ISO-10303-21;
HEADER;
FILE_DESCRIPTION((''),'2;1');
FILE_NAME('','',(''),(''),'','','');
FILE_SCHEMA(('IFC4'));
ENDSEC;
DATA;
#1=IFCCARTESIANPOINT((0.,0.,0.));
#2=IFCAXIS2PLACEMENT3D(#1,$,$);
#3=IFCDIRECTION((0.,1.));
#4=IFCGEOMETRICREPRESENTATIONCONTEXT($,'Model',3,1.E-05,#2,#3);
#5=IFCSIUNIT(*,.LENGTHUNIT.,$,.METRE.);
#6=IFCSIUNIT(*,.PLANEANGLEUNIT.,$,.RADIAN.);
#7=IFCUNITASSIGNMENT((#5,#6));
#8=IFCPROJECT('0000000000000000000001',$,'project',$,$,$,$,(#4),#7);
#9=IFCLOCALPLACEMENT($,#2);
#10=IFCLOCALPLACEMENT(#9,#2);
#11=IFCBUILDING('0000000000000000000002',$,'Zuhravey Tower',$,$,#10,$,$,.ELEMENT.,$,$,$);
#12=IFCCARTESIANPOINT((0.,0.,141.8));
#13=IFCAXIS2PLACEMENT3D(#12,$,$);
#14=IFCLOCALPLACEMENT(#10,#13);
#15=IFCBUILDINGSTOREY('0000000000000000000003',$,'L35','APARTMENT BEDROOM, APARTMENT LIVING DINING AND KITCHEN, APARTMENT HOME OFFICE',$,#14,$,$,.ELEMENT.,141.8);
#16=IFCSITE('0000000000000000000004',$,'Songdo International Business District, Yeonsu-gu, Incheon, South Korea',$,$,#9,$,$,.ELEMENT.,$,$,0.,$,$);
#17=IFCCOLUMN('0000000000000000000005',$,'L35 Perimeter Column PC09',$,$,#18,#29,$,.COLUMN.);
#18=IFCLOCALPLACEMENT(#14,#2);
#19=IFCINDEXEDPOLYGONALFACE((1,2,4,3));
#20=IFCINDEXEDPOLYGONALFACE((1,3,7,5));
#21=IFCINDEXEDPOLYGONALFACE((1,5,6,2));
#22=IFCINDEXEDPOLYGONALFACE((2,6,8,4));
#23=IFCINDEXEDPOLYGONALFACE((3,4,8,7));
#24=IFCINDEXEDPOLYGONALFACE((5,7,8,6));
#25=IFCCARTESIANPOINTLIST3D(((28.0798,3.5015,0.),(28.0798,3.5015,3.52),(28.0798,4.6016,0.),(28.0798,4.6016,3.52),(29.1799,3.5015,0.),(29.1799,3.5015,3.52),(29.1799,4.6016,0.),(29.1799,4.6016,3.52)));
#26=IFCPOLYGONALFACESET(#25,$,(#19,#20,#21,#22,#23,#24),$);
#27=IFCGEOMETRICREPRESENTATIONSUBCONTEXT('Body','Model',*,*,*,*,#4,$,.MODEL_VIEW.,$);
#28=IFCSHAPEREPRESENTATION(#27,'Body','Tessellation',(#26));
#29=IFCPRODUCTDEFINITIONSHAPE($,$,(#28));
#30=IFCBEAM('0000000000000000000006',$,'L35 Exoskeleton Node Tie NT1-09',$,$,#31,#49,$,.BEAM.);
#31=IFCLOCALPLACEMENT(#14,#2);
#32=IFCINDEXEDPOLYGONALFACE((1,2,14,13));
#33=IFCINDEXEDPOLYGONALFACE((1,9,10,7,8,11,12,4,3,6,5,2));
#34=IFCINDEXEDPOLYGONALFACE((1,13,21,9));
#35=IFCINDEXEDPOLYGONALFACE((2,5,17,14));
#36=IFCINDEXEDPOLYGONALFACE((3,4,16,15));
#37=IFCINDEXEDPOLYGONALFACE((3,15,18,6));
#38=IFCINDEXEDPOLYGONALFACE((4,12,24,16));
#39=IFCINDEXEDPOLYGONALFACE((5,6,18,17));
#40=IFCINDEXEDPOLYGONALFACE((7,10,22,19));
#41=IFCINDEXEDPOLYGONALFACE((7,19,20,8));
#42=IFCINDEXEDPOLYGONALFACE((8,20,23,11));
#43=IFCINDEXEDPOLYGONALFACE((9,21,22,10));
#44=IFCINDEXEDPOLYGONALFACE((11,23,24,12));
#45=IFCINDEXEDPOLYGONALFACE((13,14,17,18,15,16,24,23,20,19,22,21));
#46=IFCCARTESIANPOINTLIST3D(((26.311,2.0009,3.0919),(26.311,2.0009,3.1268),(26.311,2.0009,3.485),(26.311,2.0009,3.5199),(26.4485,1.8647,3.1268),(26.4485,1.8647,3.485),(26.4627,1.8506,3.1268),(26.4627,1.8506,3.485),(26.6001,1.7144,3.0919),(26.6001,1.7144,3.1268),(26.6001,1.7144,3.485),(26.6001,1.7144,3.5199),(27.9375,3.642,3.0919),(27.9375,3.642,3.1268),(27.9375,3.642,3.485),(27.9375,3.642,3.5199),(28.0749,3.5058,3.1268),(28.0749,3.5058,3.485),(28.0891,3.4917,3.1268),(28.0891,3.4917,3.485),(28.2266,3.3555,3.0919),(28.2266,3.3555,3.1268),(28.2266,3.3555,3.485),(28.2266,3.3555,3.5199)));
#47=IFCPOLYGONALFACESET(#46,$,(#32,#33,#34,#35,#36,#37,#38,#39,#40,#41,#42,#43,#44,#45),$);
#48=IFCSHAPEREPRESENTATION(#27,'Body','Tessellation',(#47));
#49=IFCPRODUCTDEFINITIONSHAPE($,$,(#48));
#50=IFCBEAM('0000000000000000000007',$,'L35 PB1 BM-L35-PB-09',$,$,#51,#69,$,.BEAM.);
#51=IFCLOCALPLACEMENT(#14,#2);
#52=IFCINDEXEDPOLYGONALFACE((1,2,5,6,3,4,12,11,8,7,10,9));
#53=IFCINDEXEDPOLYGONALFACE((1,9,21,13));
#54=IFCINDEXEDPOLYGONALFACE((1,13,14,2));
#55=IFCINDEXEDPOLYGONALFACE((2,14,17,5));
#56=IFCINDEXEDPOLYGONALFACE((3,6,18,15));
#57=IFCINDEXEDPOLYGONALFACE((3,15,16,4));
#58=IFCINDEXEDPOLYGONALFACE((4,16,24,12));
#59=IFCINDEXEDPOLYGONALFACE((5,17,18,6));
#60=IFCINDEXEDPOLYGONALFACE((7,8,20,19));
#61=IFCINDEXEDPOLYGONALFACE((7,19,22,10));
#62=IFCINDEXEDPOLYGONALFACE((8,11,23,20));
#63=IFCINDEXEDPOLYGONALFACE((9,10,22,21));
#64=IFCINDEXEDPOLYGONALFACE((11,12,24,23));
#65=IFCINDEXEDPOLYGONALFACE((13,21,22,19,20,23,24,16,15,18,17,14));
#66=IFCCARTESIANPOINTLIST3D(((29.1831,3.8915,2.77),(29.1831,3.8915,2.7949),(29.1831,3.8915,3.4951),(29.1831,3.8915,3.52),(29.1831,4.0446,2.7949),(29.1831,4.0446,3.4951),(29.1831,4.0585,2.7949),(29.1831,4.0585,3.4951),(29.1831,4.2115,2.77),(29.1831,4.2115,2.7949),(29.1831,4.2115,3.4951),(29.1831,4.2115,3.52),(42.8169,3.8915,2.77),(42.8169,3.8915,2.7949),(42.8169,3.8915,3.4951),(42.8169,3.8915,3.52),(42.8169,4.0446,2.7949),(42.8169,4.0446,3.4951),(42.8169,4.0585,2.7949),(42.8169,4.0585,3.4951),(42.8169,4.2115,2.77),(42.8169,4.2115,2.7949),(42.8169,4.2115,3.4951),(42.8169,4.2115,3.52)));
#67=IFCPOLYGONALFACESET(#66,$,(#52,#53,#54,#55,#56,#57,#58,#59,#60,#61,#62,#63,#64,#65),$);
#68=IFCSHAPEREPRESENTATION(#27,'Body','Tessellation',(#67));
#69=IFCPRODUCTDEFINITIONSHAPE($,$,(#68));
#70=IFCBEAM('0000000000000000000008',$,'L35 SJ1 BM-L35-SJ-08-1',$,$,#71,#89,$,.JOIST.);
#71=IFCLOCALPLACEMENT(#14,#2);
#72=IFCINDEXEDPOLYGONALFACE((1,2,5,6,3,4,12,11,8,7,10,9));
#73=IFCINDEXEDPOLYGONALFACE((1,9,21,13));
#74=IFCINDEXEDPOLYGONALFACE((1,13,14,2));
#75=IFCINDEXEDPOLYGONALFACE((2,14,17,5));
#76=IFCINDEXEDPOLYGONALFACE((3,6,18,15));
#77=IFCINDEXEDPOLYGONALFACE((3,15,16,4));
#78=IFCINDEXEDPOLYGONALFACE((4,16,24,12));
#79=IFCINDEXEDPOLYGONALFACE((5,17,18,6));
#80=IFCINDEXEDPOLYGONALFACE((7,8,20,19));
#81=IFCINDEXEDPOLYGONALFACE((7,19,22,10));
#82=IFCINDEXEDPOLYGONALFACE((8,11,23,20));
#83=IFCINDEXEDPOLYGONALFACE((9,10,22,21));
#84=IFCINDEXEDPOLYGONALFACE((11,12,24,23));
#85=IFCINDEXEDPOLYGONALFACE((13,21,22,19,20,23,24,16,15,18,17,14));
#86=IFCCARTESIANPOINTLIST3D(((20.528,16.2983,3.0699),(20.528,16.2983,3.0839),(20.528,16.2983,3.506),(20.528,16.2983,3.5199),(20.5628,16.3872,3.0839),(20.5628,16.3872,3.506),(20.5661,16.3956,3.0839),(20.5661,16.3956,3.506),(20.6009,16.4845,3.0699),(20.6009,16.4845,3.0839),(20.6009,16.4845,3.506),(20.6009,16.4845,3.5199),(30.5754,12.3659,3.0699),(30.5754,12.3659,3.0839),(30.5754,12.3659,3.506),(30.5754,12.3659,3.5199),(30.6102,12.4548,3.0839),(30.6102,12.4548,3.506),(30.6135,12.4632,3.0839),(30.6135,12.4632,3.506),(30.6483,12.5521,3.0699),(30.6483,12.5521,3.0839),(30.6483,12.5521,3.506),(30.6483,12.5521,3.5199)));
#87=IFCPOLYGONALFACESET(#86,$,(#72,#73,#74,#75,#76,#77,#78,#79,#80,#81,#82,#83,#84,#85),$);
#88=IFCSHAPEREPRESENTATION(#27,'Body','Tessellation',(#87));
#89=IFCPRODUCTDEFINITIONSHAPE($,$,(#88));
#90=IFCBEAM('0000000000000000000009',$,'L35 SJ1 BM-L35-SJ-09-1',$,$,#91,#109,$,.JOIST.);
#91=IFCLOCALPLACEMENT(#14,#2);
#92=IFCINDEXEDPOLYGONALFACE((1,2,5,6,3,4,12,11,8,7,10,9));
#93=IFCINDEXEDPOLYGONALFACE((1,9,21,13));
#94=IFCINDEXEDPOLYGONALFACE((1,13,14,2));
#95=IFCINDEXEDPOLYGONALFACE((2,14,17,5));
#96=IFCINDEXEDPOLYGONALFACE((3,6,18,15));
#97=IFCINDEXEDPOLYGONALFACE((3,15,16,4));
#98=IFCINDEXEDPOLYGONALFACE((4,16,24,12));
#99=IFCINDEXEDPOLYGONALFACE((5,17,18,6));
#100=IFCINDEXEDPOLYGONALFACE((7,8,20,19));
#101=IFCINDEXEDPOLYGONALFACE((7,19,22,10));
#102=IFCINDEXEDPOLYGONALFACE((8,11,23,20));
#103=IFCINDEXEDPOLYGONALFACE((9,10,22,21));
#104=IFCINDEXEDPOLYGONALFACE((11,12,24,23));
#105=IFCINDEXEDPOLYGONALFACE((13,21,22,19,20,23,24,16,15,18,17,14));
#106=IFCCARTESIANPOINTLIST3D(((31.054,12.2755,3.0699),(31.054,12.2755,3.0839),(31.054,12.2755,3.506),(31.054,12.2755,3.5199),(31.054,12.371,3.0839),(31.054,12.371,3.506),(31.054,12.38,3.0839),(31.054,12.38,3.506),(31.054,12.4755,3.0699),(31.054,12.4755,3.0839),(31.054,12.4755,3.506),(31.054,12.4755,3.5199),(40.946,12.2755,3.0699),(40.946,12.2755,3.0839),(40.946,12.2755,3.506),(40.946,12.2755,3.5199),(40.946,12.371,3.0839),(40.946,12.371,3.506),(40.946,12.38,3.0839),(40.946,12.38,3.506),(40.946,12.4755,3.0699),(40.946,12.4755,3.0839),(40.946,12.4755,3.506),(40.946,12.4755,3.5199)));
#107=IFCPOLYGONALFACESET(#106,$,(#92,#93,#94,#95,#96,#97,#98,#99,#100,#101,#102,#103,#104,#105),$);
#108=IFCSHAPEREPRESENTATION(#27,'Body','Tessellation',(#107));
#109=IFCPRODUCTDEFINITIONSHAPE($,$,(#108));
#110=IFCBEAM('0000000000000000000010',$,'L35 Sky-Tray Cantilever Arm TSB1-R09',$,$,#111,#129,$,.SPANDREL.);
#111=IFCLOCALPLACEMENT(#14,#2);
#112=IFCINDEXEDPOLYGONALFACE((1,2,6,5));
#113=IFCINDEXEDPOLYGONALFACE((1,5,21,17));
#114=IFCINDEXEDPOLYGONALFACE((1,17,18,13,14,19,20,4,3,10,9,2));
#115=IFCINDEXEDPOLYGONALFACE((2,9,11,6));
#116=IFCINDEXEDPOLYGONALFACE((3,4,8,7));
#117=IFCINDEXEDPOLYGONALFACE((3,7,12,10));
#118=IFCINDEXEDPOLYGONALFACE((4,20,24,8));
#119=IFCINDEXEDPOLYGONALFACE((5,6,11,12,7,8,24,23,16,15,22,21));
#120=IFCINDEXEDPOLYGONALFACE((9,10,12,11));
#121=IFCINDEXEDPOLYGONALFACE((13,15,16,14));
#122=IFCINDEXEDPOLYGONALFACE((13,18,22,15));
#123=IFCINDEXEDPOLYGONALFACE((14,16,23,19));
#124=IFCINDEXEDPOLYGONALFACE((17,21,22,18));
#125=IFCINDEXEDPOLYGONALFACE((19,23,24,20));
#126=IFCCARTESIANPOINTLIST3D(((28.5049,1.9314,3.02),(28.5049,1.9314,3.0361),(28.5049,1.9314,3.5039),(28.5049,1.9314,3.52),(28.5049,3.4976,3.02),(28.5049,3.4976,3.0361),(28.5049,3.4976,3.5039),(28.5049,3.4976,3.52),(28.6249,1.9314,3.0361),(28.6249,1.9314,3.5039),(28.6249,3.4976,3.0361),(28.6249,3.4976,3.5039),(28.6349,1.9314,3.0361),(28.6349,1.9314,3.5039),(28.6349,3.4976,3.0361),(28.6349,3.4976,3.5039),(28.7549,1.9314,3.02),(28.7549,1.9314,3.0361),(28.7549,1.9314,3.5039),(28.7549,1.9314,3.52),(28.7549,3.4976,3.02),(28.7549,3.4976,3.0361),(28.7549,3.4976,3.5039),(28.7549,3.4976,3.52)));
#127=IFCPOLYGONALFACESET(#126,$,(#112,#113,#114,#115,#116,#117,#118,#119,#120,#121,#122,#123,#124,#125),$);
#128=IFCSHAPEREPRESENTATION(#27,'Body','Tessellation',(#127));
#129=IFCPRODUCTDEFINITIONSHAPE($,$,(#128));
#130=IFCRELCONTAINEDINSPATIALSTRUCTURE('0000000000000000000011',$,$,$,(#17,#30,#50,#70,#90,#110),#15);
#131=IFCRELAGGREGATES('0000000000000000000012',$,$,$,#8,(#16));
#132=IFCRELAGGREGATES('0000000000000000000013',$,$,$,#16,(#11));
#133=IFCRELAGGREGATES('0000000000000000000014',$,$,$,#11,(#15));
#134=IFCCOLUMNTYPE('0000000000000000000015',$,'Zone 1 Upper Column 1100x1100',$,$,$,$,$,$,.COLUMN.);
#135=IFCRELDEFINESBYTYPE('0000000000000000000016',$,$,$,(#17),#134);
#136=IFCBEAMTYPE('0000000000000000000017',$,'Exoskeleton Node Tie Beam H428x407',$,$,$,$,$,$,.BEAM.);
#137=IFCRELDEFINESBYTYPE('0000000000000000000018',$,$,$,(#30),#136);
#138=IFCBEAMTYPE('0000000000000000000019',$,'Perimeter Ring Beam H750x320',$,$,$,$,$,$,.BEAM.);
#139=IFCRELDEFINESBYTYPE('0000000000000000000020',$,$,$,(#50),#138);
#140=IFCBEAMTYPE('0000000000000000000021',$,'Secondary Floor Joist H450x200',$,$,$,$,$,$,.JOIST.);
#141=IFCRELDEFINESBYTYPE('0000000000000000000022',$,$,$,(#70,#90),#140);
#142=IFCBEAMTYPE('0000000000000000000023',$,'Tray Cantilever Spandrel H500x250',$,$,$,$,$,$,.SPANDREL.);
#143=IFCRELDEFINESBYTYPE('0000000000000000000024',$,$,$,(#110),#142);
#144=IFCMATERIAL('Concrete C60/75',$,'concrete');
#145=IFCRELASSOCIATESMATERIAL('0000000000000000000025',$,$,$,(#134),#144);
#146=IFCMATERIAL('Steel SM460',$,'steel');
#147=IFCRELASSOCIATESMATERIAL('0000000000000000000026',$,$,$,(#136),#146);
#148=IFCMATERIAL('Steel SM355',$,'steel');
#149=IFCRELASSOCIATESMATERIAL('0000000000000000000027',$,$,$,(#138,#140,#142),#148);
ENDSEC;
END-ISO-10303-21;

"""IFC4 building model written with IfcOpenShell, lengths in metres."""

from ifc_helpers import new_model, si_unit, direction, frame, origin, origin_2d, place, context, subcontext, project, spatial, rectangle, i_section, extrude, material, material_profile, profile_set, type_object, element, save


model = new_model("IFC4")

# Units and contexts
model_context = context("Model", 3, precision=1e-05, world=origin(), true_north=direction((0.0, 1.0)))
body_context = subcontext(model_context, "Body", "Model", "MODEL_VIEW")
ifc_project = project(units=[si_unit("LENGTHUNIT", "METRE"), si_unit("PLANEANGLEUNIT", "RADIAN")], contexts=[model_context])

# Site, building, storey
site_placement = place(None, origin())
site = spatial("IfcSite", under=ifc_project, at=site_placement, Name="Songdo International Business District, Yeonsu-gu, Incheon, South Korea", CompositionType="ELEMENT", RefElevation=0.0)
building_placement = place(site_placement, origin())
building = spatial("IfcBuilding", under=site, at=building_placement, Name="Zuhravey Tower", CompositionType="ELEMENT")
storey_placement = place(building_placement, frame((0.0, 0.0, 141.8)))
storey = spatial("IfcBuildingStorey", under=building, at=storey_placement, Name="L35", Description="APARTMENT BEDROOM, APARTMENT LIVING DINING AND KITCHEN, APARTMENT HOME OFFICE", CompositionType="ELEMENT", Elevation=141.8)

# Column
ifc_material_1 = material(Name="Concrete C60/75", Category="concrete")
ifc_material_profile_1 = material_profile(ifc_material_1, rectangle(XDim=1.1001, YDim=1.1001, at=origin_2d()), Name="RC-1100x1100")
ifc_profile_set_1 = profile_set([ifc_material_profile_1], Name="Concrete C60/75")
column_type = type_object("IfcColumnType", Name="Zone 1 Upper Column 1100x1100", PredefinedType="COLUMN", material=ifc_profile_set_1)
column_placement = place(storey_placement, frame((28.6299, 4.0515, 0.0), z_axis=(0.0, 0.0, 1.0), x_axis=(1.0, 0.0, 0.0)))
element("IfcColumn", 1, at=column_placement, inside=storey, type_object=column_type, Name="L35 Perimeter Column PC09", PredefinedType="COLUMN", context=body_context, shape_type="SweptSolid", body=[
    extrude(rectangle(XDim=1.1001, YDim=1.1001, at=origin_2d()), origin(), (0.0, 0.0, 1.0), 3.52),
])

# Beams
ifc_material_2 = material(Name="Steel SM460", Category="steel")
ifc_material_profile_2 = material_profile(ifc_material_2, i_section(OverallWidth=0.407, OverallDepth=0.428, WebThickness=0.02, FlangeThickness=0.0349, at=origin_2d()), Name="H-428x407x20x35")
ifc_profile_set_2 = profile_set([ifc_material_profile_2], Name="Steel SM460")
beam_type_1 = type_object("IfcBeamType", Name="Exoskeleton Node Tie Beam H428x407", PredefinedType="BEAM", material=ifc_profile_set_2)
beam_1_placement = place(storey_placement, frame((28.082, 3.4988, 3.3059), z_axis=(-0.70393, -0.71027, 0.0), x_axis=(0.71027, -0.70393, 0.0)))
element("IfcBeam", 2, at=beam_1_placement, inside=storey, type_object=beam_type_1, Name="L35 Exoskeleton Node Tie NT1-09", PredefinedType="BEAM", context=body_context, shape_type="SweptSolid", body=[
    extrude(i_section(OverallWidth=0.407, OverallDepth=0.428, WebThickness=0.02, FlangeThickness=0.0349, at=origin_2d()), origin(), (0.0, 0.0, 1.0), 2.3105),
])
ifc_material_3 = material(Name="Steel SM355", Category="steel")
ifc_material_profile_3 = material_profile(ifc_material_3, i_section(OverallWidth=0.3201, OverallDepth=0.75, WebThickness=0.0139, FlangeThickness=0.0249, at=origin_2d()), Name="H-750x320x14x25")
ifc_profile_set_3 = profile_set([ifc_material_profile_3], Name="Steel SM355")
beam_type_2 = type_object("IfcBeamType", Name="Perimeter Ring Beam H750x320", PredefinedType="BEAM", material=ifc_profile_set_3)
beam_2_placement = place(storey_placement, frame((29.1831, 4.0515, 3.145), z_axis=(1.0, 0.0, 0.0), x_axis=(0.0, 1.0, 0.0)))
element("IfcBeam", 3, at=beam_2_placement, inside=storey, type_object=beam_type_2, Name="L35 PB1 BM-L35-PB-09", PredefinedType="BEAM", context=body_context, shape_type="SweptSolid", body=[
    extrude(i_section(OverallWidth=0.3201, OverallDepth=0.75, WebThickness=0.0139, FlangeThickness=0.0249, at=origin_2d()), origin(), (0.0, 0.0, 1.0), 13.6338),
])
ifc_material_profile_4 = material_profile(ifc_material_3, i_section(OverallWidth=0.2, OverallDepth=0.45, WebThickness=0.009, FlangeThickness=0.0139, at=origin_2d()), Name="H-450x200x9x14")
ifc_profile_set_4 = profile_set([ifc_material_profile_4], Name="Steel SM355")
beam_type_3 = type_object("IfcBeamType", Name="Secondary Floor Joist H450x200", PredefinedType="JOIST", material=ifc_profile_set_4)
beam_3_placement = place(storey_placement, frame((20.5645, 16.3914, 3.2949), z_axis=(0.931218, -0.364463, 0.0), x_axis=(0.364463, 0.931218, 0.0)))
element("IfcBeam", 4, at=beam_3_placement, inside=storey, type_object=beam_type_3, Name="L35 SJ1 BM-L35-SJ-08-1", PredefinedType="JOIST", context=body_context, shape_type="SweptSolid", body=[
    extrude(i_section(OverallWidth=0.2, OverallDepth=0.45, WebThickness=0.009, FlangeThickness=0.0139, at=origin_2d()), origin(), (0.0, 0.0, 1.0), 10.7896),
])
beam_4_placement = place(storey_placement, frame((31.054, 12.3755, 3.2949), z_axis=(1.0, 0.0, 0.0), x_axis=(0.0, 1.0, 0.0)))
element("IfcBeam", 5, at=beam_4_placement, inside=storey, type_object=beam_type_3, Name="L35 SJ1 BM-L35-SJ-09-1", PredefinedType="JOIST", context=body_context, shape_type="SweptSolid", body=[
    extrude(i_section(OverallWidth=0.2, OverallDepth=0.45, WebThickness=0.009, FlangeThickness=0.0139, at=origin_2d()), origin(), (0.0, 0.0, 1.0), 9.8921),
])
ifc_material_profile_5 = material_profile(ifc_material_3, i_section(OverallWidth=0.25, OverallDepth=0.5, WebThickness=0.01, FlangeThickness=0.0161, at=origin_2d()), Name="H-500x250x10x16")
ifc_profile_set_5 = profile_set([ifc_material_profile_5], Name="Steel SM355")
beam_type_4 = type_object("IfcBeamType", Name="Tray Cantilever Spandrel H500x250", PredefinedType="SPANDREL", material=ifc_profile_set_5)
beam_5_placement = place(storey_placement, frame((28.6299, 3.4976, 3.27), z_axis=(0.0, -1.0, 0.0), x_axis=(1.0, 0.0, 0.0)))
element("IfcBeam", 6, at=beam_5_placement, inside=storey, type_object=beam_type_4, Name="L35 Sky-Tray Cantilever Arm TSB1-R09", PredefinedType="SPANDREL", context=body_context, shape_type="SweptSolid", body=[
    extrude(i_section(OverallWidth=0.25, OverallDepth=0.5, WebThickness=0.01, FlangeThickness=0.0161, at=origin_2d()), origin(), (0.0, 0.0, 1.0), 1.5662),
])

save(model, "model.ifc")
